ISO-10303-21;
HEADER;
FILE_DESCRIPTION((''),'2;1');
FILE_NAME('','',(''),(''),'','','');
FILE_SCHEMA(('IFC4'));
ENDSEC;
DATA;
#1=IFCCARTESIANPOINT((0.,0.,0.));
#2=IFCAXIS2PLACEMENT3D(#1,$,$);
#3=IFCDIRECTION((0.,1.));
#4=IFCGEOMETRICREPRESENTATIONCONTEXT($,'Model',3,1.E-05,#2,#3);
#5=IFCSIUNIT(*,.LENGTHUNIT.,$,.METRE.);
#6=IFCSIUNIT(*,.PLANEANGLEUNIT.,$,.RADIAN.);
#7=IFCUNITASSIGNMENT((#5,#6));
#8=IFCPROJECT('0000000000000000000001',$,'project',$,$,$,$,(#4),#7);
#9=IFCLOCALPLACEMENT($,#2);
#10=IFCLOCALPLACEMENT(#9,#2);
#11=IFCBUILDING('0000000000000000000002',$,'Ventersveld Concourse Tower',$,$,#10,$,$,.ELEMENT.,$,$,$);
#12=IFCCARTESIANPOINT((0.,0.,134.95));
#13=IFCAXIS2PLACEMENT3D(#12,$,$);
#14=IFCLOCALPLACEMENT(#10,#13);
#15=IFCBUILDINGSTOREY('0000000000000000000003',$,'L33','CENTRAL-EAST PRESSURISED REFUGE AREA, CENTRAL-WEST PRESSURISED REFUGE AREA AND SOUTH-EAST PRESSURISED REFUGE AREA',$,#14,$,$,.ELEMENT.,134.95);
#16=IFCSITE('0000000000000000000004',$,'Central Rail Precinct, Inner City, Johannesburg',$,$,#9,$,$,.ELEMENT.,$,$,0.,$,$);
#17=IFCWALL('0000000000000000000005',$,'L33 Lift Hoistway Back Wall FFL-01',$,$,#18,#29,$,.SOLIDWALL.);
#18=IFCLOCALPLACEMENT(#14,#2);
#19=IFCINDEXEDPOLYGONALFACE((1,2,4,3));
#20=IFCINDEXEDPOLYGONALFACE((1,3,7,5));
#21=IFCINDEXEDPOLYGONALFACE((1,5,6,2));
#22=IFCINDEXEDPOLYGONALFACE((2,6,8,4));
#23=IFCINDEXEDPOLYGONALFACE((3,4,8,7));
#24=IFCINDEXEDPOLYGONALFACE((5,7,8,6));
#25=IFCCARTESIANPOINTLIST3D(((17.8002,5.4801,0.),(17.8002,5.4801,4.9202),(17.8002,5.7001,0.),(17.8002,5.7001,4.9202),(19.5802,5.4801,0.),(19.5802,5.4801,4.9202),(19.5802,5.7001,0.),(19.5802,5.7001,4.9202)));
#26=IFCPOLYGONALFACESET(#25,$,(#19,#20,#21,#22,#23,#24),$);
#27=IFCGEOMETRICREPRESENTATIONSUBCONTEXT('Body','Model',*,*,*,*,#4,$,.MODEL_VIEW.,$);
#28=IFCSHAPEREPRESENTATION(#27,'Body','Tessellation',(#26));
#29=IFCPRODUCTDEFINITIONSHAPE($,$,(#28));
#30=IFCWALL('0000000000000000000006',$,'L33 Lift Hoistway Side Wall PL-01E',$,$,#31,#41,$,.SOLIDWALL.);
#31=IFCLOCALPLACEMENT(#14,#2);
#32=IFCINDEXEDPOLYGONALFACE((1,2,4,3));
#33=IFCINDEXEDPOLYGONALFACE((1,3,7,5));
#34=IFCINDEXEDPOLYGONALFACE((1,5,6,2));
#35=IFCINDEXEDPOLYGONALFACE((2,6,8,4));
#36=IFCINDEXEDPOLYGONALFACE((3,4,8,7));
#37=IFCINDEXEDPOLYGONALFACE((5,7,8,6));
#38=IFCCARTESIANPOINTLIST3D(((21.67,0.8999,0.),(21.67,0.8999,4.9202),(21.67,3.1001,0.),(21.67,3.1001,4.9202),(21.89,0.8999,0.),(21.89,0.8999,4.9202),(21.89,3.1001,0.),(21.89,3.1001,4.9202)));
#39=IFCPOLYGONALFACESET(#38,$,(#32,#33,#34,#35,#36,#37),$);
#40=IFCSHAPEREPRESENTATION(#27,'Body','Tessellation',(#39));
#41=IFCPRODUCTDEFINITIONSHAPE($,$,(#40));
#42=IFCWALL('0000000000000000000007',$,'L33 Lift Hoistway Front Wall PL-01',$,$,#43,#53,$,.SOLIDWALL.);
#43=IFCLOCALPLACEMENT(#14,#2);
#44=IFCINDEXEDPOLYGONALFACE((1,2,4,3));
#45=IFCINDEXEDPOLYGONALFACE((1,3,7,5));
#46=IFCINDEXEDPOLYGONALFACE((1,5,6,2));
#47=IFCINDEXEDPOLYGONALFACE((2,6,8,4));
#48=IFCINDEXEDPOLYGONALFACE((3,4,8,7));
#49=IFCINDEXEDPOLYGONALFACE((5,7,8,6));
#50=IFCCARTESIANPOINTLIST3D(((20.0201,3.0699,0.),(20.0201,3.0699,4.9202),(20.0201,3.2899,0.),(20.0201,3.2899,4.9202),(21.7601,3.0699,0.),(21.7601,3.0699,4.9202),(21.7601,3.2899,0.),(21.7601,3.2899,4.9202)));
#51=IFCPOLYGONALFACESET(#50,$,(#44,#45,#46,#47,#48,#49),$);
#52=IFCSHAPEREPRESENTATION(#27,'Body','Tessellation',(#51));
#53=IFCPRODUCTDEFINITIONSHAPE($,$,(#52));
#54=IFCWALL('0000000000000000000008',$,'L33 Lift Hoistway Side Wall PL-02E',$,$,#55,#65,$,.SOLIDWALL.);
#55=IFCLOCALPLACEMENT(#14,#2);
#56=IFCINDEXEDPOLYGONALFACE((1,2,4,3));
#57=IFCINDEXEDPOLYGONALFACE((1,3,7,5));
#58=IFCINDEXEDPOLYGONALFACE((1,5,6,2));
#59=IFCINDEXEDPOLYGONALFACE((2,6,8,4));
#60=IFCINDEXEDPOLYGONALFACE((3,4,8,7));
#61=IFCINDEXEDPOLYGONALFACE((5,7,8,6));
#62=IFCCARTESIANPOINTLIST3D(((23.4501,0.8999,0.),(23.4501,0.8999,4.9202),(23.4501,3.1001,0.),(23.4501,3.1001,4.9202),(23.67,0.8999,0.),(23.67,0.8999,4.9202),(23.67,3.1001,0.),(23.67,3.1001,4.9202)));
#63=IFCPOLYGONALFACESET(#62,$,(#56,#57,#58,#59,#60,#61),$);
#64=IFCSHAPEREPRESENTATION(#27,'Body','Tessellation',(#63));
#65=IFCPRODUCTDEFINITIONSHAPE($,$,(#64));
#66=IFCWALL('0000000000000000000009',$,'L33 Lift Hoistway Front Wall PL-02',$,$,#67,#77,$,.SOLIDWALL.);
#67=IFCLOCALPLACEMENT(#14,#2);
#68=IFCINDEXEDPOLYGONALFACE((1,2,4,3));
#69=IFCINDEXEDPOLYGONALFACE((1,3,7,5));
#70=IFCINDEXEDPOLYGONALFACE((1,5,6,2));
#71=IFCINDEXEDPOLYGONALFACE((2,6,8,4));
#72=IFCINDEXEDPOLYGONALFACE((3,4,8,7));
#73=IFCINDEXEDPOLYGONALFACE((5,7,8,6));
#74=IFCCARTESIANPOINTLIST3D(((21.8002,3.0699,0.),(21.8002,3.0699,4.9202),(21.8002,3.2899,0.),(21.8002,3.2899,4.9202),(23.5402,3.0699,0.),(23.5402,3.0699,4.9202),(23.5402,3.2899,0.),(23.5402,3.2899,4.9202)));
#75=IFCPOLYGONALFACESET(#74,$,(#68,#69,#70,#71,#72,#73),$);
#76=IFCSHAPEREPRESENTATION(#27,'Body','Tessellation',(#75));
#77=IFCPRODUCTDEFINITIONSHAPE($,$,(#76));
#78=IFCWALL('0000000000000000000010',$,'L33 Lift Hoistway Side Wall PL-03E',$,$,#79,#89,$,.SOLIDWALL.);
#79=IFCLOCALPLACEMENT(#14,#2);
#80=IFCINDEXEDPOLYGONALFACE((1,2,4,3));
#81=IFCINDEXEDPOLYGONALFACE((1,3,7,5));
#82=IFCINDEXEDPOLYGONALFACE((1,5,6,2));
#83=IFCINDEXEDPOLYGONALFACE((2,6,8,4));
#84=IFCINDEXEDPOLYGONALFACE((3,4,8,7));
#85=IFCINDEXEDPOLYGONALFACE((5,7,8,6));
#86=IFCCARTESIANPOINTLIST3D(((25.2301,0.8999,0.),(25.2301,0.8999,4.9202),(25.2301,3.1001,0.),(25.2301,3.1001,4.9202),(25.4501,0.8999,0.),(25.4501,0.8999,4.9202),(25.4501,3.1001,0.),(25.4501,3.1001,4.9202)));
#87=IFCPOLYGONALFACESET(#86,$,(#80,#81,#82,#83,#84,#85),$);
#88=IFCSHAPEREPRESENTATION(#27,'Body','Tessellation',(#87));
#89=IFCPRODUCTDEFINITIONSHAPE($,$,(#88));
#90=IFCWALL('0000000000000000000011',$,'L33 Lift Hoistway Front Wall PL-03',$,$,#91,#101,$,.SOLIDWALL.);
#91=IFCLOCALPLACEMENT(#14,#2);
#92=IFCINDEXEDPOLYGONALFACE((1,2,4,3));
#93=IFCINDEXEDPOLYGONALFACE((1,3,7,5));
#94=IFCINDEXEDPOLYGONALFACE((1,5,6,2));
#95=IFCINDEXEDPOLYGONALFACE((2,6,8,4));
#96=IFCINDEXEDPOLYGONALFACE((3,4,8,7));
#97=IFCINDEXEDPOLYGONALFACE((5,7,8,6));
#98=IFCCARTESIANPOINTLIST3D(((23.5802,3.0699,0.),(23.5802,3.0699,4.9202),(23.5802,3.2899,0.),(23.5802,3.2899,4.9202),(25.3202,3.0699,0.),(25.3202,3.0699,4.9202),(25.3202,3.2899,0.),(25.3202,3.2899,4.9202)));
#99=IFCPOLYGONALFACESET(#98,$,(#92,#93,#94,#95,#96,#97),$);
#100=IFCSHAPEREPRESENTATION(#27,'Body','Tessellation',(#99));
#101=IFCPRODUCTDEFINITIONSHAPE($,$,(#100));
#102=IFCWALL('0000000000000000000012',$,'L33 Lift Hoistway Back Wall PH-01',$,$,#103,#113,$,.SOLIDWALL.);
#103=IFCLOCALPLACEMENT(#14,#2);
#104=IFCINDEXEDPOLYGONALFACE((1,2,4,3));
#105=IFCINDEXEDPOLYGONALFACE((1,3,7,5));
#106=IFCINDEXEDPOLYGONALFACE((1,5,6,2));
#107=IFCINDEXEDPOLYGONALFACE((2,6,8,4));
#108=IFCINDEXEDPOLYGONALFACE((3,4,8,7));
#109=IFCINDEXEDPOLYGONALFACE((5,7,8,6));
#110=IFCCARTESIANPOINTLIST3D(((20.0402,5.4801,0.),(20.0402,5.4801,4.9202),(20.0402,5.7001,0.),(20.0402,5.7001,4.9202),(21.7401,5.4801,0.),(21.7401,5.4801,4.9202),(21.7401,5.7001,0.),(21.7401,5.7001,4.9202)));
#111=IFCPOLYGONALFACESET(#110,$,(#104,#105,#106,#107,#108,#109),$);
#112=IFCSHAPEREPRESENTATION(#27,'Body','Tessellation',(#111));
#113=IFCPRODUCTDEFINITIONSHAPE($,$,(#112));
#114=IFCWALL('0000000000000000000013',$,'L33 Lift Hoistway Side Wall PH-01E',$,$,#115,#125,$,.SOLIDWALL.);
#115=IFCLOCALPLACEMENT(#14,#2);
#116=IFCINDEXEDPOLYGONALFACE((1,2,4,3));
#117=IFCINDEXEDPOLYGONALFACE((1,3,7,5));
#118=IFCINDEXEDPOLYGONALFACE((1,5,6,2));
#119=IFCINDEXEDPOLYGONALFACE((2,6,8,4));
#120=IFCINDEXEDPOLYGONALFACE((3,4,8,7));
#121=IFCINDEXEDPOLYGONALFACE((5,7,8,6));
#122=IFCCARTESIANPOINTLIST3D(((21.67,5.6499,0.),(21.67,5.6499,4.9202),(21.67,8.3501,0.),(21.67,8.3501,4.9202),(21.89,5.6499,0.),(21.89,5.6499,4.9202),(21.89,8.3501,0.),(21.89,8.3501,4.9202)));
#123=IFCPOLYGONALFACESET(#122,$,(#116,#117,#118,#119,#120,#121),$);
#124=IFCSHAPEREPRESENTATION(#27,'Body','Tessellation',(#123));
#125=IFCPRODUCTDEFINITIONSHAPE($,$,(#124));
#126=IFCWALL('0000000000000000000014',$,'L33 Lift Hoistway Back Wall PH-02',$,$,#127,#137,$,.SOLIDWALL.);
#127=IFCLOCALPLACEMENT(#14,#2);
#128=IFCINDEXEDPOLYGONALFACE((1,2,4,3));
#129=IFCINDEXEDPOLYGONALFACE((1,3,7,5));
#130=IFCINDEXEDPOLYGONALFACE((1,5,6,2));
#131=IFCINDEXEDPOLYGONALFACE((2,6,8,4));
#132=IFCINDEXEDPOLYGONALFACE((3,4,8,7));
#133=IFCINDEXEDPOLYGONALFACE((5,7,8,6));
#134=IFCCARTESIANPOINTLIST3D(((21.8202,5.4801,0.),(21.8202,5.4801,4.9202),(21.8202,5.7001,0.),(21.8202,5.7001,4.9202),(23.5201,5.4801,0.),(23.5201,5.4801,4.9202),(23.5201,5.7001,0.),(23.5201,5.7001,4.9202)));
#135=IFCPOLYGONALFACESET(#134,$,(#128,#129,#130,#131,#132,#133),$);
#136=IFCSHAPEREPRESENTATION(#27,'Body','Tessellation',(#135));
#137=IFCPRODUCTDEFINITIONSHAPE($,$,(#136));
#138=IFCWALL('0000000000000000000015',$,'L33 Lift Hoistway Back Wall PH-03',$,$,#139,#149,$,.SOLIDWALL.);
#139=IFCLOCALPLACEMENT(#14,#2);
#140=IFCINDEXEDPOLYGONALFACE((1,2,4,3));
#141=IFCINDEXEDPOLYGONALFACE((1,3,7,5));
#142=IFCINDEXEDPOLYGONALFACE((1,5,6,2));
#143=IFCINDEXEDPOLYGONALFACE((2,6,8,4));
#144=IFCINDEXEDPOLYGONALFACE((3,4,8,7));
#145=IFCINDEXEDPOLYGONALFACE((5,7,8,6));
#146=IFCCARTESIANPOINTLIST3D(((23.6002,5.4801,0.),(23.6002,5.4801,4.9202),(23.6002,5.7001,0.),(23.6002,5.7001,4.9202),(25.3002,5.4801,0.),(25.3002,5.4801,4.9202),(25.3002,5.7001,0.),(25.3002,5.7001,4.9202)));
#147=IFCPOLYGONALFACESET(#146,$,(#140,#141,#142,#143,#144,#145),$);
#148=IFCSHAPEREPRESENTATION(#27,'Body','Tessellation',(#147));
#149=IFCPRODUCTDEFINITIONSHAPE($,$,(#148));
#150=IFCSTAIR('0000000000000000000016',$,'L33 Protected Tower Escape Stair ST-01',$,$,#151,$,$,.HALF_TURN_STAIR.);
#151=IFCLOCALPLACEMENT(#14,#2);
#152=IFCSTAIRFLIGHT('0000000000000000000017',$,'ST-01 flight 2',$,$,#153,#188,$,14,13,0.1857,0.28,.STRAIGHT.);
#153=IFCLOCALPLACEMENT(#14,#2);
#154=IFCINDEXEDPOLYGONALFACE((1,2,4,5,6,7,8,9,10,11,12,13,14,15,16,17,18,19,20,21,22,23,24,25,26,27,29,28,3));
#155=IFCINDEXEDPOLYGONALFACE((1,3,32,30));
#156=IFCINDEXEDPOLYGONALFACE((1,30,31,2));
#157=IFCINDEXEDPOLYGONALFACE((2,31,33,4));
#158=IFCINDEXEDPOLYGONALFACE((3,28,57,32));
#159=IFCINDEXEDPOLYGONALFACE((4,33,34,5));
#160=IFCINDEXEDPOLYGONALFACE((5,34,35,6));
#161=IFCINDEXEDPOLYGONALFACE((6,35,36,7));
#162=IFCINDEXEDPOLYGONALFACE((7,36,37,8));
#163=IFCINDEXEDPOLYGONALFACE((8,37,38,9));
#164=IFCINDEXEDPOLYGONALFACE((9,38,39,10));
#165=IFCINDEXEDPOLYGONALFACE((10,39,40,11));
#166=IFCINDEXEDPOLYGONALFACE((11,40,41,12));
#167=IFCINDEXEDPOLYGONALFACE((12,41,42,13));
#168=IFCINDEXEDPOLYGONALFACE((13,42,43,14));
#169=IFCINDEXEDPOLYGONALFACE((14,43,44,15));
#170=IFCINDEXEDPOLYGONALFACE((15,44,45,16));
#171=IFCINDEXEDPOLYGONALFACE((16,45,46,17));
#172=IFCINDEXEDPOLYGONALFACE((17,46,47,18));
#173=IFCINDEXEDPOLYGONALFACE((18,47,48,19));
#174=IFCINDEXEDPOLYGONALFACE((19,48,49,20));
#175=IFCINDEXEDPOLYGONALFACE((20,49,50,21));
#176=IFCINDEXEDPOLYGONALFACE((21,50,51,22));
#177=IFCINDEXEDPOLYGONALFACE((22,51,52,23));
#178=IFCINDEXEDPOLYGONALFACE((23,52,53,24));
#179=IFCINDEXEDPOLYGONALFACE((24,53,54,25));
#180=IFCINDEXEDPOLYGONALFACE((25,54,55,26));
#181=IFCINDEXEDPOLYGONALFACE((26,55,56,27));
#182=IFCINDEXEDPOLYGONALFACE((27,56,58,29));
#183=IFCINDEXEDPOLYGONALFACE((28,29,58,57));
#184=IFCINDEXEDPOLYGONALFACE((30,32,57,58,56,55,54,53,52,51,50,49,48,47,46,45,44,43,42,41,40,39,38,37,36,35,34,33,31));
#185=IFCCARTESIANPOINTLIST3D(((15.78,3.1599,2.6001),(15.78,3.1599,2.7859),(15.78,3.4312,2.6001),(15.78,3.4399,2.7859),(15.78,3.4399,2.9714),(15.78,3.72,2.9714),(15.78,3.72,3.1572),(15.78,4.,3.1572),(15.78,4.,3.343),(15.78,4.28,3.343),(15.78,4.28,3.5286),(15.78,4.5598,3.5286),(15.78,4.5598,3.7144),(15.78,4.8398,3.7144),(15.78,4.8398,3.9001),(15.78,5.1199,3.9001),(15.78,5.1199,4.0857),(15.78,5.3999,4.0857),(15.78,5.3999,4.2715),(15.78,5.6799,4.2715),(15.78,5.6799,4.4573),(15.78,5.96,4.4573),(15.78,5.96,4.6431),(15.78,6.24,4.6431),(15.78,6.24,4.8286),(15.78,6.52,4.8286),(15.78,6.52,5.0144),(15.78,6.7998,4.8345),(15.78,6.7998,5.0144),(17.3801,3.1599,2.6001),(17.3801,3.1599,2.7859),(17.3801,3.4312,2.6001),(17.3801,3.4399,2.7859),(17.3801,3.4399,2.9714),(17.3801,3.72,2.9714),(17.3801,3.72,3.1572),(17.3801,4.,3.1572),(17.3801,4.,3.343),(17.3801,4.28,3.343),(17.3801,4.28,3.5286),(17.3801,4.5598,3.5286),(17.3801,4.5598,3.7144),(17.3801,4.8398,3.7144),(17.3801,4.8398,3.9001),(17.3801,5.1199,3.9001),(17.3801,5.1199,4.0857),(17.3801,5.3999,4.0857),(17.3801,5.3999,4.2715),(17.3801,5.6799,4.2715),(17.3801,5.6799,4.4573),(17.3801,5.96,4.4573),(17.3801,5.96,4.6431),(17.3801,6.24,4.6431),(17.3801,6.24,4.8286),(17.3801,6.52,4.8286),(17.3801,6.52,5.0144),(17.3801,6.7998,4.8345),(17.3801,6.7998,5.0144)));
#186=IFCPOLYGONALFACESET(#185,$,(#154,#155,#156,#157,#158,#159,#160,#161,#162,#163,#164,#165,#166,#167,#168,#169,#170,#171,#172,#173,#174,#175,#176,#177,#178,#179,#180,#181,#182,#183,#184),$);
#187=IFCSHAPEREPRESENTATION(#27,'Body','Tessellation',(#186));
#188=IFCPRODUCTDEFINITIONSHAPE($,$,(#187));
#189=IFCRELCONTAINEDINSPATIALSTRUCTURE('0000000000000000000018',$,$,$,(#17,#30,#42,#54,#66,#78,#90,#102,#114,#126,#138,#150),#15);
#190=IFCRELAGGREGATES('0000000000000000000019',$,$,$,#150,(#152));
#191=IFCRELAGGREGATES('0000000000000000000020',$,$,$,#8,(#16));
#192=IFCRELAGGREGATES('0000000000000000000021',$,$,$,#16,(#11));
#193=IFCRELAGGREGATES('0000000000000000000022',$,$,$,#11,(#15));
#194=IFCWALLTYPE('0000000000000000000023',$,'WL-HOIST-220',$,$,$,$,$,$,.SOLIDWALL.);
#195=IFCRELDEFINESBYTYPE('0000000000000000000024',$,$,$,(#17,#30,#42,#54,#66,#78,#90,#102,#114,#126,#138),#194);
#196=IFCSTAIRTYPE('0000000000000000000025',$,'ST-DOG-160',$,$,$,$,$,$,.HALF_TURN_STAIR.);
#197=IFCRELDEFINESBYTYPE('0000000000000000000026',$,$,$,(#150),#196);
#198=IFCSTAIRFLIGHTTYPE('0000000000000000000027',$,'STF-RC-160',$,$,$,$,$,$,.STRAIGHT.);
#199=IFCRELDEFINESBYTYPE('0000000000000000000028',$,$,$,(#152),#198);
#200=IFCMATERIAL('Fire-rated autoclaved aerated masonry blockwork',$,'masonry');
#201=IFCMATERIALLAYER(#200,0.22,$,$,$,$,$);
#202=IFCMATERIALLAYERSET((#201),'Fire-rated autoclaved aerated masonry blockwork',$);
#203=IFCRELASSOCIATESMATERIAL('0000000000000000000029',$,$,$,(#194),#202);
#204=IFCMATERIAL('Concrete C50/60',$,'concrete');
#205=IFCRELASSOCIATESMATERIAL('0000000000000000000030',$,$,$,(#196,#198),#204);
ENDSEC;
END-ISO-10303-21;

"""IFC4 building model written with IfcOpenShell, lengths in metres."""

from ifc_helpers import new_model, si_unit, direction, frame, frame_2d, origin, place, context, subcontext, project, spatial, polyline, rectangle, outline, extrude, material, layer, layer_set, type_object, element, aggregate, save


model = new_model("IFC4")

# Units and contexts
model_context = context("Model", 3, precision=1e-05, world=origin(), true_north=direction((0.0, 1.0)))
body_context = subcontext(model_context, "Body", "Model", "MODEL_VIEW")
ifc_project = project(units=[si_unit("LENGTHUNIT", "METRE"), si_unit("PLANEANGLEUNIT", "RADIAN")], contexts=[model_context])

# Site, building, storey
site_placement = place(None, origin())
site = spatial("IfcSite", under=ifc_project, at=site_placement, Name="Central Rail Precinct, Inner City, Johannesburg", CompositionType="ELEMENT", RefElevation=0.0)
building_placement = place(site_placement, origin())
building = spatial("IfcBuilding", under=site, at=building_placement, Name="Ventersveld Concourse Tower", CompositionType="ELEMENT")
storey_placement = place(building_placement, frame((0.0, 0.0, 134.95)))
storey = spatial("IfcBuildingStorey", under=building, at=storey_placement, Name="L33", Description="CENTRAL-EAST PRESSURISED REFUGE AREA, CENTRAL-WEST PRESSURISED REFUGE AREA AND SOUTH-EAST PRESSURISED REFUGE AREA", CompositionType="ELEMENT", Elevation=134.95)

# Shared definitions
ifc_material_1 = material(Name="Concrete C50/60", Category="concrete")

# Walls
ifc_material_2 = material(Name="Fire-rated autoclaved aerated masonry blockwork", Category="masonry")
ifc_layer_1 = layer(ifc_material_2, 0.22)
ifc_layer_set_1 = layer_set([ifc_layer_1], Name="Fire-rated autoclaved aerated masonry blockwork")
wall_type_1 = type_object("IfcWallType", Name="WL-HOIST-220", PredefinedType="SOLIDWALL", material=ifc_layer_set_1)
wall_1_placement = place(storey_placement, frame((17.8, 5.5901, 0.0), z_axis=(0.0, 0.0, 1.0), x_axis=(1.0, 0.0, 0.0)))
element("IfcWall", 1, at=wall_1_placement, inside=storey, type_object=wall_type_1, Name="L33 Lift Hoistway Back Wall FFL-01", PredefinedType="SOLIDWALL", context=body_context, shape_type="SweptSolid", body=[
    extrude(rectangle(XDim=1.78, YDim=0.22, at=frame_2d((0.8901, 0.0))), origin(), (0.0, 0.0, 1.0), 4.9202),
])
wall_2_placement = place(storey_placement, frame((21.78, 0.8999, 0.0), z_axis=(0.0, 0.0, 1.0), x_axis=(0.0, 1.0, 0.0)))
element("IfcWall", 2, at=wall_2_placement, inside=storey, type_object=wall_type_1, Name="L33 Lift Hoistway Side Wall PL-01E", PredefinedType="SOLIDWALL", context=body_context, shape_type="SweptSolid", body=[
    extrude(rectangle(XDim=2.2002, YDim=0.22, at=frame_2d((1.1001, 0.0))), origin(), (0.0, 0.0, 1.0), 4.9202),
])
wall_3_placement = place(storey_placement, frame((20.02, 3.1799, 0.0), z_axis=(0.0, 0.0, 1.0), x_axis=(1.0, 0.0, 0.0)))
element("IfcWall", 3, at=wall_3_placement, inside=storey, type_object=wall_type_1, Name="L33 Lift Hoistway Front Wall PL-01", PredefinedType="SOLIDWALL", context=body_context, shape_type="SweptSolid", body=[
    extrude(rectangle(XDim=1.74, YDim=0.22, at=frame_2d((0.8701, 0.0))), origin(), (0.0, 0.0, 1.0), 4.9202),
])
wall_4_placement = place(storey_placement, frame((23.5601, 0.8999, 0.0), z_axis=(0.0, 0.0, 1.0), x_axis=(0.0, 1.0, 0.0)))
element("IfcWall", 4, at=wall_4_placement, inside=storey, type_object=wall_type_1, Name="L33 Lift Hoistway Side Wall PL-02E", PredefinedType="SOLIDWALL", context=body_context, shape_type="SweptSolid", body=[
    extrude(rectangle(XDim=2.2002, YDim=0.22, at=frame_2d((1.1001, 0.0))), origin(), (0.0, 0.0, 1.0), 4.9202),
])
wall_5_placement = place(storey_placement, frame((21.8, 3.1799, 0.0), z_axis=(0.0, 0.0, 1.0), x_axis=(1.0, 0.0, 0.0)))
element("IfcWall", 5, at=wall_5_placement, inside=storey, type_object=wall_type_1, Name="L33 Lift Hoistway Front Wall PL-02", PredefinedType="SOLIDWALL", context=body_context, shape_type="SweptSolid", body=[
    extrude(rectangle(XDim=1.74, YDim=0.22, at=frame_2d((0.8701, 0.0))), origin(), (0.0, 0.0, 1.0), 4.9202),
])
wall_6_placement = place(storey_placement, frame((25.3401, 0.8999, 0.0), z_axis=(0.0, 0.0, 1.0), x_axis=(0.0, 1.0, 0.0)))
element("IfcWall", 6, at=wall_6_placement, inside=storey, type_object=wall_type_1, Name="L33 Lift Hoistway Side Wall PL-03E", PredefinedType="SOLIDWALL", context=body_context, shape_type="SweptSolid", body=[
    extrude(rectangle(XDim=2.2002, YDim=0.22, at=frame_2d((1.1001, 0.0))), origin(), (0.0, 0.0, 1.0), 4.9202),
])
wall_7_placement = place(storey_placement, frame((23.5801, 3.1799, 0.0), z_axis=(0.0, 0.0, 1.0), x_axis=(1.0, 0.0, 0.0)))
element("IfcWall", 7, at=wall_7_placement, inside=storey, type_object=wall_type_1, Name="L33 Lift Hoistway Front Wall PL-03", PredefinedType="SOLIDWALL", context=body_context, shape_type="SweptSolid", body=[
    extrude(rectangle(XDim=1.74, YDim=0.22, at=frame_2d((0.8701, 0.0))), origin(), (0.0, 0.0, 1.0), 4.9202),
])
wall_8_placement = place(storey_placement, frame((20.04, 5.5901, 0.0), z_axis=(0.0, 0.0, 1.0), x_axis=(1.0, 0.0, 0.0)))
element("IfcWall", 8, at=wall_8_placement, inside=storey, type_object=wall_type_1, Name="L33 Lift Hoistway Back Wall PH-01", PredefinedType="SOLIDWALL", context=body_context, shape_type="SweptSolid", body=[
    extrude(rectangle(XDim=1.7, YDim=0.22, at=frame_2d((0.8501, 0.0))), origin(), (0.0, 0.0, 1.0), 4.9202),
])
wall_9_placement = place(storey_placement, frame((21.78, 5.6499, 0.0), z_axis=(0.0, 0.0, 1.0), x_axis=(0.0, 1.0, 0.0)))
element("IfcWall", 9, at=wall_9_placement, inside=storey, type_object=wall_type_1, Name="L33 Lift Hoistway Side Wall PH-01E", PredefinedType="SOLIDWALL", context=body_context, shape_type="SweptSolid", body=[
    extrude(rectangle(XDim=2.7002, YDim=0.22, at=frame_2d((1.3501, 0.0))), origin(), (0.0, 0.0, 1.0), 4.9202),
])
for number, where, z_axis, x_axis, name in (
    (10, (21.8201, 5.5901, 0.0), (0.0, 0.0, 1.0), (1.0, 0.0, 0.0), "L33 Lift Hoistway Back Wall PH-02"),
    (11, (23.6001, 5.5901, 0.0), (0.0, 0.0, 1.0), (1.0, 0.0, 0.0), "L33 Lift Hoistway Back Wall PH-03"),
):
    element("IfcWall", number, at=place(storey_placement, frame(where, z_axis=z_axis, x_axis=x_axis)), inside=storey, type_object=wall_type_1, Name=name, PredefinedType="SOLIDWALL", context=body_context, shape_type="SweptSolid", body=[
        extrude(rectangle(XDim=1.7, YDim=0.22, at=frame_2d((0.8501, 0.0))), origin(), (0.0, 0.0, 1.0), 4.9202),
    ])

# Stair, stair flight
stair_type = type_object("IfcStairType", Name="ST-DOG-160", PredefinedType="HALF_TURN_STAIR", material=ifc_material_1)
stair_placement = place(storey_placement, origin())
stair = element("IfcStair", 12, at=stair_placement, inside=storey, type_object=stair_type, Name="L33 Protected Tower Escape Stair ST-01", PredefinedType="HALF_TURN_STAIR")
stair_flight_type = type_object("IfcStairFlightType", Name="STF-RC-160", PredefinedType="STRAIGHT", material=ifc_material_1)
stair_flight_placement = place(storey_placement, frame((16.5801, 3.1599, 2.6001), z_axis=(0.0, 0.0, 1.0), x_axis=(0.0, 1.0, 0.0)))
stair_flight = element("IfcStairFlight", 13, at=stair_flight_placement, type_object=stair_flight_type, Name="ST-01 flight 2", NumberOfRisers=14, NumberOfTreads=13, PredefinedType="STRAIGHT", RiserHeight=0.1857, TreadLength=0.28, context=body_context, shape_type="SweptSolid", body=[
    extrude(outline(polyline([(0.0, 0.0), (0.0, 0.1858), (0.28, 0.1858), (0.28, 0.3713), (0.5601, 0.3713), (0.5601, 0.5571), (0.8401, 0.5571), (0.8401, 0.7429), (1.1201, 0.7429), (1.1201, 0.9285), (1.3999, 0.9285), (1.3999, 1.1143), (1.6799, 1.1143), (1.6799, 1.3), (1.96, 1.3), (1.96, 1.4856), (2.24, 1.4856), (2.24, 1.6714), (2.52, 1.6714), (2.52, 1.8572), (2.8, 1.8572), (2.8, 2.043), (3.0801, 2.043), (3.0801, 2.2285), (3.3601, 2.2285), (3.3601, 2.4143), (3.6399, 2.4143), (3.6399, 2.6001), (3.6399, 2.2344), (0.2712, 0.0), (0.0, 0.0)])), frame((0.0, 0.8, 0.0), z_axis=(0.0, -1.0, 0.0), x_axis=(1.0, 0.0, 0.0)), (0.0, 0.0, 1.0), 1.6001),
])
aggregate(stair, [stair_flight])

save(model, "model.ifc")
